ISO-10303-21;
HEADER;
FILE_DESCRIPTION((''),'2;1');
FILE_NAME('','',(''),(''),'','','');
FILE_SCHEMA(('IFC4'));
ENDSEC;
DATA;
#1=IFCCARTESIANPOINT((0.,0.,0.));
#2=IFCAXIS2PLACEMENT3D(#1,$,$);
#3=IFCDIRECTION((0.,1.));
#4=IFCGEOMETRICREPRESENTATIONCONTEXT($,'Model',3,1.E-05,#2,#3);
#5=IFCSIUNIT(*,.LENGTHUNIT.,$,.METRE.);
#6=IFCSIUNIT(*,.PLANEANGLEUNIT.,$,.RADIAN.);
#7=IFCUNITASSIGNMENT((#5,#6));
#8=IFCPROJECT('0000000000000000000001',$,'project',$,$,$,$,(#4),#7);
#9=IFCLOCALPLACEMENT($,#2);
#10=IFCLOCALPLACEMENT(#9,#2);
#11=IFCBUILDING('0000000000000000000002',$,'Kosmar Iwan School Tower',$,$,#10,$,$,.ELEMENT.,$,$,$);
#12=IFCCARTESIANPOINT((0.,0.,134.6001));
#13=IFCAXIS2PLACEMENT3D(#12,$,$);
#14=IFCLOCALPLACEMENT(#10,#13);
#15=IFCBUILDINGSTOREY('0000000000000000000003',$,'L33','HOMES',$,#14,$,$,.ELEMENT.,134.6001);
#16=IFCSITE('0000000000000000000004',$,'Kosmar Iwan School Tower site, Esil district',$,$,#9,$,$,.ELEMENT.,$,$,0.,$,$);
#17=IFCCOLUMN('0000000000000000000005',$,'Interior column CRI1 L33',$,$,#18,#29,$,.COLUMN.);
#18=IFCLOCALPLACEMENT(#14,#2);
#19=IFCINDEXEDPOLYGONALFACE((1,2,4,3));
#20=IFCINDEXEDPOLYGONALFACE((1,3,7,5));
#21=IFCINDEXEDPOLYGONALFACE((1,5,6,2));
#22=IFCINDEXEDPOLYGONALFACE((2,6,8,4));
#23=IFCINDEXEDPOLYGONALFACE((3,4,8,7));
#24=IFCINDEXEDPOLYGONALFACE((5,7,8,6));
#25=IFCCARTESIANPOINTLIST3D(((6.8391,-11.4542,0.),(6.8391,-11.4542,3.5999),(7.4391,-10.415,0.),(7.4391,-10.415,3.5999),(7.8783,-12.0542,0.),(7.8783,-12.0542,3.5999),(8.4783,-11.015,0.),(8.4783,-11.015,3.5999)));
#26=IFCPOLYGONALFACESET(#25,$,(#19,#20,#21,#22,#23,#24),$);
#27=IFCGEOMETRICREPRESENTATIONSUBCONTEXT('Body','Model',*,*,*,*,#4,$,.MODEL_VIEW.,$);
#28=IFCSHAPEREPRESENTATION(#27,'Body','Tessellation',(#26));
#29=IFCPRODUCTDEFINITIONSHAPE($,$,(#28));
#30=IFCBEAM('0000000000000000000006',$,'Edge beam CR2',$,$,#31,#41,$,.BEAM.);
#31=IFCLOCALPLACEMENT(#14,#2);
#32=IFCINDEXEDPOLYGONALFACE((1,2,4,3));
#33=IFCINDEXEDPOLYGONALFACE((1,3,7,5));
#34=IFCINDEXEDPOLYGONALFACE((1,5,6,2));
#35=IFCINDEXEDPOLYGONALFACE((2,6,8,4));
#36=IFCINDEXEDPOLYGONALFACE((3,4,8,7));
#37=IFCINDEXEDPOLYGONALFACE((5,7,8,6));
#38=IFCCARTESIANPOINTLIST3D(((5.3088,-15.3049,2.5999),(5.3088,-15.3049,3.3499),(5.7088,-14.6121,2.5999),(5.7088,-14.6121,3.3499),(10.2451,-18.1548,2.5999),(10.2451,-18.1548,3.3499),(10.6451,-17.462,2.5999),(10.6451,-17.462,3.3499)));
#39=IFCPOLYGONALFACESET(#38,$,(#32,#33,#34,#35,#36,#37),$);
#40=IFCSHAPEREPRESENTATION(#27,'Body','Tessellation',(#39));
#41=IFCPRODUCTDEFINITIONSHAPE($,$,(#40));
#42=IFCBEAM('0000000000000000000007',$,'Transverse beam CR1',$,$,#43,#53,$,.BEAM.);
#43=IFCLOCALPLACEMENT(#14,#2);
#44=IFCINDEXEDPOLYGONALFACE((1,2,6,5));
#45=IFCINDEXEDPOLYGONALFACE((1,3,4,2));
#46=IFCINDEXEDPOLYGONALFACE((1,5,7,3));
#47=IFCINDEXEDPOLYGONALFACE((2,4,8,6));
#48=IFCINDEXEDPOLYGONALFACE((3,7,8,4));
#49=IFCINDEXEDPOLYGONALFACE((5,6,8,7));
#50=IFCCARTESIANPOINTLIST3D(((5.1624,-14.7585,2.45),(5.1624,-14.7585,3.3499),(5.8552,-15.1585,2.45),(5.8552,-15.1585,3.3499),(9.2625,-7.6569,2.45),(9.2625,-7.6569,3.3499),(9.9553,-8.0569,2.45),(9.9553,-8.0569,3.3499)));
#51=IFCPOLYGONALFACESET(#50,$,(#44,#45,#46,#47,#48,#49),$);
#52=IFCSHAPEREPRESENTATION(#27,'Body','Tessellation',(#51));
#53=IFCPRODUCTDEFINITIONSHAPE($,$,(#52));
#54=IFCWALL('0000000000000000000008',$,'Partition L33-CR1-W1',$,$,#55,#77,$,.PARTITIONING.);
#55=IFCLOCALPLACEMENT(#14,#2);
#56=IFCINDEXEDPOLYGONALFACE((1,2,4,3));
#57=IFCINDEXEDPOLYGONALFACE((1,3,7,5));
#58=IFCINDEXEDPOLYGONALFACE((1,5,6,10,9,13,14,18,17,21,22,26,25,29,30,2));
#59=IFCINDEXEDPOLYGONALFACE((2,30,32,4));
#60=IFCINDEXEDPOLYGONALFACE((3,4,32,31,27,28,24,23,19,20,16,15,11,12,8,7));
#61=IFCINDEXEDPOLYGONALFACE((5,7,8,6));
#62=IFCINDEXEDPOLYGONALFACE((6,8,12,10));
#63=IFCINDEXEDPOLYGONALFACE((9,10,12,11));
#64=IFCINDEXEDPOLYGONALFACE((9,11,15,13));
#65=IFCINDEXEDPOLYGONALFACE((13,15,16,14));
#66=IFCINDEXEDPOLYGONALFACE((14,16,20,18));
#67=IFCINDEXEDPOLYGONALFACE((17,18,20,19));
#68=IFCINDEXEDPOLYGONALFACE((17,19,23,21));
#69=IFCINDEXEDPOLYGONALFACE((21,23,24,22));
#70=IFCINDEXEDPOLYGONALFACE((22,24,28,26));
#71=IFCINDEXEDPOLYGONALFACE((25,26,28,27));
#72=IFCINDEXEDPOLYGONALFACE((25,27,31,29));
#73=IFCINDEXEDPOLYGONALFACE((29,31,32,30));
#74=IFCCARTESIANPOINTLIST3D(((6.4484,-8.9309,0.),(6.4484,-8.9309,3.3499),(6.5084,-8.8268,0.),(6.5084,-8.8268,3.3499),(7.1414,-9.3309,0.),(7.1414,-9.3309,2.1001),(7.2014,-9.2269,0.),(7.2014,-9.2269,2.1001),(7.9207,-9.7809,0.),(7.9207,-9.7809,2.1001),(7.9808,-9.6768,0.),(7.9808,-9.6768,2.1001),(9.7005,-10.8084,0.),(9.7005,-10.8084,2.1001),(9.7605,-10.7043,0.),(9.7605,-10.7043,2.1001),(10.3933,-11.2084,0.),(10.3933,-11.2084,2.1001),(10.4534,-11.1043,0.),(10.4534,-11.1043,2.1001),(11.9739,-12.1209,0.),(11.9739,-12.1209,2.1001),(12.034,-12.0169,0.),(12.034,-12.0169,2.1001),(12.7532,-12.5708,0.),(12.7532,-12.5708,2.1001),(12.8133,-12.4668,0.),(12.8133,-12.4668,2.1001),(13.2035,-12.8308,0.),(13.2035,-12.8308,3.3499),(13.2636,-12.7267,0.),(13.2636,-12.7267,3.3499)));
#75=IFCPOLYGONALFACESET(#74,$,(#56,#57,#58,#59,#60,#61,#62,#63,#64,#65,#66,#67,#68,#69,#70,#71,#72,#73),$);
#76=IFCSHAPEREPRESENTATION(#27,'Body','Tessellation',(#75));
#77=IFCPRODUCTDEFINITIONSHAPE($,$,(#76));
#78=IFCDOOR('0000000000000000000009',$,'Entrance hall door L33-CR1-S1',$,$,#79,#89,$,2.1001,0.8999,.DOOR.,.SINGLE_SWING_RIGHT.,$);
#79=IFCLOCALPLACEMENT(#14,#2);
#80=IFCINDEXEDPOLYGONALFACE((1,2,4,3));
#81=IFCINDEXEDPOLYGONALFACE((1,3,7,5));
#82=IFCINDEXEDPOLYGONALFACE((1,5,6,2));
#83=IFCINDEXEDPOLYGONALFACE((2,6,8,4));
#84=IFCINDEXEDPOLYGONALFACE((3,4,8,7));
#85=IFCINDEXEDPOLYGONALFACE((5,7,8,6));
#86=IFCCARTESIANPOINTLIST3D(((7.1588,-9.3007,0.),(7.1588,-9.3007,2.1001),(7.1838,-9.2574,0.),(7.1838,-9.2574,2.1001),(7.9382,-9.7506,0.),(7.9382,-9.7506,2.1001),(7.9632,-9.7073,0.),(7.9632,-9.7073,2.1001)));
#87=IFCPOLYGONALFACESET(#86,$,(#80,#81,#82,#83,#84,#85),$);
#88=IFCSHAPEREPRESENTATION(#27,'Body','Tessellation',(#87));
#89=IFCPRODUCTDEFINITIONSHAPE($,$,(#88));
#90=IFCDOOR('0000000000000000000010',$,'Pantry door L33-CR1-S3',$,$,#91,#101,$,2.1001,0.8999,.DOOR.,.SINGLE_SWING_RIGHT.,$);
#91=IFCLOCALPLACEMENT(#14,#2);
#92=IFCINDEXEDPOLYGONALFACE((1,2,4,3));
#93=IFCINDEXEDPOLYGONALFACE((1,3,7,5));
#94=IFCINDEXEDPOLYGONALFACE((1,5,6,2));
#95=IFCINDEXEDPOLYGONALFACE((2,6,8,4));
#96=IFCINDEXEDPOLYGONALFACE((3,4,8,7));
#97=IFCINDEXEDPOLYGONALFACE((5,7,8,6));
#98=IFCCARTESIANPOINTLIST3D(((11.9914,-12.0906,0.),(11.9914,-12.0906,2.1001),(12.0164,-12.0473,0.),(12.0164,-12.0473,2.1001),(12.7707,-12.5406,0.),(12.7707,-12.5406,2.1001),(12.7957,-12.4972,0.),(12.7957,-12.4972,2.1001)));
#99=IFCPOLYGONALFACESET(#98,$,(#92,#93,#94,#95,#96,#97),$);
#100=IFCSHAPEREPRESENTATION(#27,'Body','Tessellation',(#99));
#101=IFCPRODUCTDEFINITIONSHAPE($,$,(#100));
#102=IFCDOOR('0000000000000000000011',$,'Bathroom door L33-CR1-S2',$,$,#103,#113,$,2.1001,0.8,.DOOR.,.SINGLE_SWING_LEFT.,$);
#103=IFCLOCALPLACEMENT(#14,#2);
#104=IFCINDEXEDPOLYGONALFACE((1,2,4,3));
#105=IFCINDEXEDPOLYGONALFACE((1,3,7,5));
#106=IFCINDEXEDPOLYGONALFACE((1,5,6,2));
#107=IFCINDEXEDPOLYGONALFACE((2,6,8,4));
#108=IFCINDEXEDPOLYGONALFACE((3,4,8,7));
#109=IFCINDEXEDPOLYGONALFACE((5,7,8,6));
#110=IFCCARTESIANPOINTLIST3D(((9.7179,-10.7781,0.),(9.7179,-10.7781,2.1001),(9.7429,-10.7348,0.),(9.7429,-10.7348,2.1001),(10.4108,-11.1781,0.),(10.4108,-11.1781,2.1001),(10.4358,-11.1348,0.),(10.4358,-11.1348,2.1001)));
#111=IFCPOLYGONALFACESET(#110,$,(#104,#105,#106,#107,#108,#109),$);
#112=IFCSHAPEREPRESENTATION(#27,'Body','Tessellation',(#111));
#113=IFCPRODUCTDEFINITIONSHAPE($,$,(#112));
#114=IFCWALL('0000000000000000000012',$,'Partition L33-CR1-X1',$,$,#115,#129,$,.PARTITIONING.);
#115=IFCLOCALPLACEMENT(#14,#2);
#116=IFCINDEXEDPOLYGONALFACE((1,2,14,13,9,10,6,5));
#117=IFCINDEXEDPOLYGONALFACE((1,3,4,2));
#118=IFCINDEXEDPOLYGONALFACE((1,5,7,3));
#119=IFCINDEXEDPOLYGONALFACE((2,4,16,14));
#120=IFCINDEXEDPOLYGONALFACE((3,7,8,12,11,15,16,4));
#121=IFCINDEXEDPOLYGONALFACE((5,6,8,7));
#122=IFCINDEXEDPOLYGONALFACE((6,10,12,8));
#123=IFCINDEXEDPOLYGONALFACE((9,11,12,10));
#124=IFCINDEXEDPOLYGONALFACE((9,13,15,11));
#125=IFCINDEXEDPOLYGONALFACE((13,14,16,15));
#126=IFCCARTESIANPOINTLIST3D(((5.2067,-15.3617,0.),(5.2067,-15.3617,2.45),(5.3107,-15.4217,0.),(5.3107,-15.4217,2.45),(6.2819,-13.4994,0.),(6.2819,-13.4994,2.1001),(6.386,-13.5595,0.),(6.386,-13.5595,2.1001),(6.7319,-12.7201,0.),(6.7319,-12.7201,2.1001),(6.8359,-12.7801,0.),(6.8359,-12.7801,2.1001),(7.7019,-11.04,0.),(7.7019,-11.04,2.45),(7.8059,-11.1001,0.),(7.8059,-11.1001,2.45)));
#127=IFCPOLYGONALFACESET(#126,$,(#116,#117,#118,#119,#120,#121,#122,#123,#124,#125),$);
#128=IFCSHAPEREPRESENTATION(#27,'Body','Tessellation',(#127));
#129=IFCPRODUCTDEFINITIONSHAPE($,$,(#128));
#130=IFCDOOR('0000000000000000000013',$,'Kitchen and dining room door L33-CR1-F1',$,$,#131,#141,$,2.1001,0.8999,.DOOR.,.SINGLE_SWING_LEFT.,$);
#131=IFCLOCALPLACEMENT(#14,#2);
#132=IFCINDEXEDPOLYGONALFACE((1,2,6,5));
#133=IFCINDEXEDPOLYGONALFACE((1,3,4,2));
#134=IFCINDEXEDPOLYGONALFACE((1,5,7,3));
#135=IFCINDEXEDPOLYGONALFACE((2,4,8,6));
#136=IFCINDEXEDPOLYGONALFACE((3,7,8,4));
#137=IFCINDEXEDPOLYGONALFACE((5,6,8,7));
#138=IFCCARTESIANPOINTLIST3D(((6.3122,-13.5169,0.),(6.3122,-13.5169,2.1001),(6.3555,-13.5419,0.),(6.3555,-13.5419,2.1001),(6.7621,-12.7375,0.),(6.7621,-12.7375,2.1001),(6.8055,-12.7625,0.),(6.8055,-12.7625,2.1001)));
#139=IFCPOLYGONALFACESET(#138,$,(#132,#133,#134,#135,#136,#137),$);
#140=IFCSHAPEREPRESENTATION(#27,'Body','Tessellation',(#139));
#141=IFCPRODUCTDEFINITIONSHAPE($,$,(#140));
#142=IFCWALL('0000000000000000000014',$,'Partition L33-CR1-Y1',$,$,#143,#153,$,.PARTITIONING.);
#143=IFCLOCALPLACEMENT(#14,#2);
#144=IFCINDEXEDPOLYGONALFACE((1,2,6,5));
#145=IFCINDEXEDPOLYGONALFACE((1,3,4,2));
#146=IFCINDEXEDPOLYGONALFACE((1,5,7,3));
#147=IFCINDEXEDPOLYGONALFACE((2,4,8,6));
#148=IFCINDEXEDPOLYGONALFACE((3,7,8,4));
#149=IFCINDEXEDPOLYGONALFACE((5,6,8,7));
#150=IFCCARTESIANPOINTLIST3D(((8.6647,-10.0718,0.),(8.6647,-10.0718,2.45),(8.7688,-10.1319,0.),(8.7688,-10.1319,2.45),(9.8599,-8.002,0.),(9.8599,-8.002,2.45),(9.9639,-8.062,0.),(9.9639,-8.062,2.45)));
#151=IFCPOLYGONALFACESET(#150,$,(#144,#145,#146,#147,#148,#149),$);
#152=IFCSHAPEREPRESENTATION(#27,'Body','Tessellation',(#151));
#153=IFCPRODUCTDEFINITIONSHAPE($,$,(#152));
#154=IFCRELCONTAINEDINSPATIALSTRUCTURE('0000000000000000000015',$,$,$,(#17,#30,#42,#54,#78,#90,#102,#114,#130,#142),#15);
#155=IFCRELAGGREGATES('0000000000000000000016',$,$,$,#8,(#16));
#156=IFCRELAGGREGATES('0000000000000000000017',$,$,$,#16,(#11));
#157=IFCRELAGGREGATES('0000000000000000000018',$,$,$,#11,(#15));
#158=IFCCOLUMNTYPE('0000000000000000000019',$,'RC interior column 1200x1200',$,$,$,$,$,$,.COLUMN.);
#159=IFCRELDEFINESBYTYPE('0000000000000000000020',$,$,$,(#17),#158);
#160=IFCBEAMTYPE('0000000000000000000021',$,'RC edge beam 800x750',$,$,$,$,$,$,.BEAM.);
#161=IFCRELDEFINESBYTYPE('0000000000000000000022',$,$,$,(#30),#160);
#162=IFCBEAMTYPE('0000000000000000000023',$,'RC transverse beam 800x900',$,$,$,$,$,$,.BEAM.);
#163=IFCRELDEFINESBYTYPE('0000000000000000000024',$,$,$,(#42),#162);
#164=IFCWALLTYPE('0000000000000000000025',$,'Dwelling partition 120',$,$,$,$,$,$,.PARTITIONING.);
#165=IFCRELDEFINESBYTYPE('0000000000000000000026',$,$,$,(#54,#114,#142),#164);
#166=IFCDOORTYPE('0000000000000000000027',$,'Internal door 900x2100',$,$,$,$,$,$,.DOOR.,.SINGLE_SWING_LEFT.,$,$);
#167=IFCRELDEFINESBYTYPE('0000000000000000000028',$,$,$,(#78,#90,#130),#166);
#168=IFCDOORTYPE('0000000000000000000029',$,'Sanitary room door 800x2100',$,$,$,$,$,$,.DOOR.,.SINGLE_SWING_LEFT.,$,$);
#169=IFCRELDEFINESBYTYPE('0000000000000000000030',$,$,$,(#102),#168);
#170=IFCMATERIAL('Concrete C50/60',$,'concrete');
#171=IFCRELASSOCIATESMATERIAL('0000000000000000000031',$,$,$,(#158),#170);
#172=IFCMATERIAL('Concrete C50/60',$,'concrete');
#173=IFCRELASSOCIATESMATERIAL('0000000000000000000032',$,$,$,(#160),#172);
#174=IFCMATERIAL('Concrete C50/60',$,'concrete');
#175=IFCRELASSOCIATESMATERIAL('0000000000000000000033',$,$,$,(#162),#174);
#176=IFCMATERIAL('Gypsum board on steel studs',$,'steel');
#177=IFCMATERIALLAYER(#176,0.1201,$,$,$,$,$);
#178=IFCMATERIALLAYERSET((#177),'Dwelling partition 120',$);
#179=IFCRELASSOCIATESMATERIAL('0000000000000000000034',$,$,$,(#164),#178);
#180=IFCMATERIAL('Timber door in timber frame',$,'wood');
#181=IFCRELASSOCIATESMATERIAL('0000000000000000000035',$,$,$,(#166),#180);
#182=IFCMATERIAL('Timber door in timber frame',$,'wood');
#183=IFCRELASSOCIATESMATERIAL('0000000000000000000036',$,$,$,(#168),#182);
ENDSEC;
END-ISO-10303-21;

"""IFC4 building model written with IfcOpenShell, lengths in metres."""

from ifc_helpers import new_model, si_unit, direction, frame, frame_2d, origin, origin_2d, place, context, subcontext, project, spatial, rectangle, extrude, material, layer, layer_set, material_profile, profile_set, type_object, element, fill, save


model = new_model("IFC4")

# Units and contexts
model_context = context("Model", 3, precision=1e-05, world=origin(), true_north=direction((0.0, 1.0)))
body_context = subcontext(model_context, "Body", "Model", "MODEL_VIEW")
ifc_project = project(units=[si_unit("LENGTHUNIT", "METRE"), si_unit("PLANEANGLEUNIT", "RADIAN")], contexts=[model_context])

# Site, building, storey
site_placement = place(None, origin())
site = spatial("IfcSite", under=ifc_project, at=site_placement, Name="Kosmar Iwan School Tower site, Esil district", CompositionType="ELEMENT", RefElevation=0.0)
building_placement = place(site_placement, origin())
building = spatial("IfcBuilding", under=site, at=building_placement, Name="Kosmar Iwan School Tower", CompositionType="ELEMENT")
storey_placement = place(building_placement, frame((0.0, 0.0, 134.6001)))
storey = spatial("IfcBuildingStorey", under=building, at=storey_placement, Name="L33", Description="HOMES", CompositionType="ELEMENT", Elevation=134.6001)

# Column
ifc_material_1 = material(Name="Concrete C50/60", Category="concrete")
ifc_material_profile_1 = material_profile(ifc_material_1, rectangle(XDim=1.2, YDim=1.2, at=origin_2d()), Name="RC 1200x1200")
ifc_profile_set_1 = profile_set([ifc_material_profile_1], Name="Concrete C50/60")
column_type = type_object("IfcColumnType", Name="RC interior column 1200x1200", PredefinedType="COLUMN", material=ifc_profile_set_1)
column_placement = place(storey_placement, frame((7.6587, -11.2346, 0.0), z_axis=(0.0, 0.0, 1.0), x_axis=(0.866025, -0.5, 0.0)))
element("IfcColumn", 1, at=column_placement, inside=storey, type_object=column_type, Name="Interior column CRI1 L33", PredefinedType="COLUMN", context=body_context, shape_type="SweptSolid", body=[
    extrude(rectangle(XDim=1.2, YDim=1.2, at=origin_2d()), origin(), (0.0, 0.0, 1.0), 3.5999),
])

# Beams
ifc_material_2 = material(Name="Concrete C50/60", Category="concrete")
ifc_material_profile_2 = material_profile(ifc_material_2, rectangle(XDim=0.8, YDim=0.75, at=origin_2d()), Name="RC 800x750")
ifc_profile_set_2 = profile_set([ifc_material_profile_2], Name="Concrete C50/60")
beam_type_1 = type_object("IfcBeamType", Name="RC edge beam 800x750", PredefinedType="BEAM", material=ifc_profile_set_2)
beam_1_placement = place(storey_placement, frame((5.5088, -14.9585, 2.9749), z_axis=(0.866034, -0.499986, 0.0), x_axis=(0.499986, 0.866034, 0.0)))
element("IfcBeam", 2, at=beam_1_placement, inside=storey, type_object=beam_type_1, Name="Edge beam CR2", PredefinedType="BEAM", context=body_context, shape_type="SweptSolid", body=[
    extrude(rectangle(XDim=0.8, YDim=0.75, at=origin_2d()), origin(), (0.0, 0.0, 1.0), 5.7),
])
ifc_material_3 = material(Name="Concrete C50/60", Category="concrete")
ifc_material_profile_3 = material_profile(ifc_material_3, rectangle(XDim=0.8, YDim=0.8999, at=origin_2d()), Name="RC 800x900")
ifc_profile_set_3 = profile_set([ifc_material_profile_3], Name="Concrete C50/60")
beam_type_2 = type_object("IfcBeamType", Name="RC transverse beam 800x900", PredefinedType="BEAM", material=ifc_profile_set_3)
beam_2_placement = place(storey_placement, frame((5.5088, -14.9585, 2.8999), z_axis=(0.500001, 0.866025, 0.0), x_axis=(-0.866025, 0.500001, 0.0)))
element("IfcBeam", 3, at=beam_2_placement, inside=storey, type_object=beam_type_2, Name="Transverse beam CR1", PredefinedType="BEAM", context=body_context, shape_type="SweptSolid", body=[
    extrude(rectangle(XDim=0.8, YDim=0.8999, at=origin_2d()), origin(), (0.0, 0.0, 1.0), 8.2002),
])

# Wall, openings, doors
ifc_material_4 = material(Name="Gypsum board on steel studs", Category="steel")
ifc_layer = layer(ifc_material_4, 0.1201)
ifc_layer_set = layer_set([ifc_layer], Name="Dwelling partition 120")
wall_type = type_object("IfcWallType", Name="Dwelling partition 120", PredefinedType="PARTITIONING", material=ifc_layer_set)
wall_1_placement = place(storey_placement, frame((6.4785, -8.8789, 0.0), z_axis=(0.0, 0.0, 1.0), x_axis=(0.866035, -0.499983, 0.0)))
wall_1 = element("IfcWall", 4, at=wall_1_placement, inside=storey, type_object=wall_type, Name="Partition L33-CR1-W1", PredefinedType="PARTITIONING", context=body_context, shape_type="SweptSolid", body=[
    extrude(rectangle(XDim=7.8, YDim=0.1201, at=frame_2d((3.8999, 0.0))), origin(), (0.0, 0.0, 1.0), 3.3499),
])
opening_1_placement = place(wall_1_placement, frame((0.8, 0.0, 0.0)))
opening_1 = element("IfcOpeningElement", 5, at=opening_1_placement, cuts=wall_1, PredefinedType="OPENING", context=body_context, shape_type="SweptSolid", body=[
    extrude(rectangle(XDim=0.8999, YDim=2.1001, at=frame_2d((0.45, 1.05))), frame((0.0, 0.072, 0.0), z_axis=(0.0, -1.0, 0.0), x_axis=(1.0, 0.0, 0.0)), (0.0, 0.0, 1.0), 0.144),
])
opening_2_placement = place(wall_1_placement, frame((3.7551, 0.0, 0.0)))
opening_2 = element("IfcOpeningElement", 6, at=opening_2_placement, cuts=wall_1, PredefinedType="OPENING", context=body_context, shape_type="SweptSolid", body=[
    extrude(rectangle(XDim=0.8, YDim=2.1001, at=frame_2d((0.3999, 1.05))), frame((0.0, 0.072, 0.0), z_axis=(0.0, -1.0, 0.0), x_axis=(1.0, 0.0, 0.0)), (0.0, 0.0, 1.0), 0.144),
])
opening_3_placement = place(wall_1_placement, frame((6.3801, 0.0, 0.0)))
opening_3 = element("IfcOpeningElement", 7, at=opening_3_placement, cuts=wall_1, PredefinedType="OPENING", context=body_context, shape_type="SweptSolid", body=[
    extrude(rectangle(XDim=0.8999, YDim=2.1001, at=frame_2d((0.45, 1.05))), frame((0.0, 0.072, 0.0), z_axis=(0.0, -1.0, 0.0), x_axis=(1.0, 0.0, 0.0)), (0.0, 0.0, 1.0), 0.144),
])
ifc_material_5 = material(Name="Timber door in timber frame", Category="wood")
door_type_1 = type_object("IfcDoorType", Name="Internal door 900x2100", OperationType="SINGLE_SWING_LEFT", PredefinedType="DOOR", material=ifc_material_5)
door_1_placement = place(opening_1_placement, origin())
door_1 = element("IfcDoor", 8, at=door_1_placement, inside=storey, type_object=door_type_1, Name="Entrance hall door L33-CR1-S1", OperationType="SINGLE_SWING_RIGHT", OverallHeight=2.1001, OverallWidth=0.8999, PredefinedType="DOOR", context=body_context, shape_type="SweptSolid", body=[
    extrude(rectangle(XDim=0.8999, YDim=2.1001, at=frame_2d((0.45, 1.05))), frame((0.0, 0.0249, 0.0), z_axis=(0.0, -1.0, 0.0), x_axis=(1.0, 0.0, 0.0)), (0.0, 0.0, 1.0), 0.05),
])
fill(opening_1, door_1)
door_2_placement = place(opening_3_placement, origin())
door_2 = element("IfcDoor", 9, at=door_2_placement, inside=storey, type_object=door_type_1, Name="Pantry door L33-CR1-S3", OperationType="SINGLE_SWING_RIGHT", OverallHeight=2.1001, OverallWidth=0.8999, PredefinedType="DOOR", context=body_context, shape_type="SweptSolid", body=[
    extrude(rectangle(XDim=0.8999, YDim=2.1001, at=frame_2d((0.45, 1.05))), frame((0.0, 0.0249, 0.0), z_axis=(0.0, -1.0, 0.0), x_axis=(1.0, 0.0, 0.0)), (0.0, 0.0, 1.0), 0.05),
])
fill(opening_3, door_2)
ifc_material_6 = material(Name="Timber door in timber frame", Category="wood")
door_type_2 = type_object("IfcDoorType", Name="Sanitary room door 800x2100", OperationType="SINGLE_SWING_LEFT", PredefinedType="DOOR", material=ifc_material_6)
door_3_placement = place(opening_2_placement, origin())
door_3 = element("IfcDoor", 10, at=door_3_placement, inside=storey, type_object=door_type_2, Name="Bathroom door L33-CR1-S2", OperationType="SINGLE_SWING_LEFT", OverallHeight=2.1001, OverallWidth=0.8, PredefinedType="DOOR", context=body_context, shape_type="SweptSolid", body=[
    extrude(rectangle(XDim=0.8, YDim=2.1001, at=frame_2d((0.3999, 1.05))), frame((0.0, 0.0249, 0.0), z_axis=(0.0, -1.0, 0.0), x_axis=(1.0, 0.0, 0.0)), (0.0, 0.0, 1.0), 0.05),
])
fill(opening_2, door_3)

# Wall, opening, door
wall_2_placement = place(storey_placement, frame((7.7539, -11.0701, 0.0), z_axis=(0.0, 0.0, 1.0), x_axis=(-0.500012, -0.866019, 0.0)))
wall_2 = element("IfcWall", 11, at=wall_2_placement, inside=storey, type_object=wall_type, Name="Partition L33-CR1-X1", PredefinedType="PARTITIONING", context=body_context, shape_type="SweptSolid", body=[
    extrude(rectangle(XDim=4.9902, YDim=0.1201, at=frame_2d((2.4951, 0.0))), origin(), (0.0, 0.0, 1.0), 2.45),
])
opening_4_placement = place(wall_2_placement, frame((1.9399, 0.0, 0.0)))
opening_4 = element("IfcOpeningElement", 12, at=opening_4_placement, cuts=wall_2, PredefinedType="OPENING", context=body_context, shape_type="SweptSolid", body=[
    extrude(rectangle(XDim=0.8999, YDim=2.1001, at=frame_2d((0.45, 1.05))), frame((0.0, 0.072, 0.0), z_axis=(0.0, -1.0, 0.0), x_axis=(1.0, 0.0, 0.0)), (0.0, 0.0, 1.0), 0.144),
])
door_4_placement = place(opening_4_placement, origin())
door_4 = element("IfcDoor", 13, at=door_4_placement, inside=storey, type_object=door_type_1, Name="Kitchen and dining room door L33-CR1-F1", OperationType="SINGLE_SWING_LEFT", OverallHeight=2.1001, OverallWidth=0.8999, PredefinedType="DOOR", context=body_context, shape_type="SweptSolid", body=[
    extrude(rectangle(XDim=0.8999, YDim=2.1001, at=frame_2d((0.45, 1.05))), frame((0.0, 0.0249, 0.0), z_axis=(0.0, -1.0, 0.0), x_axis=(1.0, 0.0, 0.0)), (0.0, 0.0, 1.0), 0.05),
])
fill(opening_4, door_4)

# Wall
wall_3_placement = place(storey_placement, frame((9.9119, -8.032, 0.0), z_axis=(0.0, 0.0, 1.0), x_axis=(-0.500017, -0.866015, 0.0)))
element("IfcWall", 14, at=wall_3_placement, inside=storey, type_object=wall_type, Name="Partition L33-CR1-Y1", PredefinedType="PARTITIONING", context=body_context, shape_type="SweptSolid", body=[
    extrude(rectangle(XDim=2.3901, YDim=0.1201, at=frame_2d((1.1951, 0.0))), origin(), (0.0, 0.0, 1.0), 2.45),
])

save(model, "model.ifc")
